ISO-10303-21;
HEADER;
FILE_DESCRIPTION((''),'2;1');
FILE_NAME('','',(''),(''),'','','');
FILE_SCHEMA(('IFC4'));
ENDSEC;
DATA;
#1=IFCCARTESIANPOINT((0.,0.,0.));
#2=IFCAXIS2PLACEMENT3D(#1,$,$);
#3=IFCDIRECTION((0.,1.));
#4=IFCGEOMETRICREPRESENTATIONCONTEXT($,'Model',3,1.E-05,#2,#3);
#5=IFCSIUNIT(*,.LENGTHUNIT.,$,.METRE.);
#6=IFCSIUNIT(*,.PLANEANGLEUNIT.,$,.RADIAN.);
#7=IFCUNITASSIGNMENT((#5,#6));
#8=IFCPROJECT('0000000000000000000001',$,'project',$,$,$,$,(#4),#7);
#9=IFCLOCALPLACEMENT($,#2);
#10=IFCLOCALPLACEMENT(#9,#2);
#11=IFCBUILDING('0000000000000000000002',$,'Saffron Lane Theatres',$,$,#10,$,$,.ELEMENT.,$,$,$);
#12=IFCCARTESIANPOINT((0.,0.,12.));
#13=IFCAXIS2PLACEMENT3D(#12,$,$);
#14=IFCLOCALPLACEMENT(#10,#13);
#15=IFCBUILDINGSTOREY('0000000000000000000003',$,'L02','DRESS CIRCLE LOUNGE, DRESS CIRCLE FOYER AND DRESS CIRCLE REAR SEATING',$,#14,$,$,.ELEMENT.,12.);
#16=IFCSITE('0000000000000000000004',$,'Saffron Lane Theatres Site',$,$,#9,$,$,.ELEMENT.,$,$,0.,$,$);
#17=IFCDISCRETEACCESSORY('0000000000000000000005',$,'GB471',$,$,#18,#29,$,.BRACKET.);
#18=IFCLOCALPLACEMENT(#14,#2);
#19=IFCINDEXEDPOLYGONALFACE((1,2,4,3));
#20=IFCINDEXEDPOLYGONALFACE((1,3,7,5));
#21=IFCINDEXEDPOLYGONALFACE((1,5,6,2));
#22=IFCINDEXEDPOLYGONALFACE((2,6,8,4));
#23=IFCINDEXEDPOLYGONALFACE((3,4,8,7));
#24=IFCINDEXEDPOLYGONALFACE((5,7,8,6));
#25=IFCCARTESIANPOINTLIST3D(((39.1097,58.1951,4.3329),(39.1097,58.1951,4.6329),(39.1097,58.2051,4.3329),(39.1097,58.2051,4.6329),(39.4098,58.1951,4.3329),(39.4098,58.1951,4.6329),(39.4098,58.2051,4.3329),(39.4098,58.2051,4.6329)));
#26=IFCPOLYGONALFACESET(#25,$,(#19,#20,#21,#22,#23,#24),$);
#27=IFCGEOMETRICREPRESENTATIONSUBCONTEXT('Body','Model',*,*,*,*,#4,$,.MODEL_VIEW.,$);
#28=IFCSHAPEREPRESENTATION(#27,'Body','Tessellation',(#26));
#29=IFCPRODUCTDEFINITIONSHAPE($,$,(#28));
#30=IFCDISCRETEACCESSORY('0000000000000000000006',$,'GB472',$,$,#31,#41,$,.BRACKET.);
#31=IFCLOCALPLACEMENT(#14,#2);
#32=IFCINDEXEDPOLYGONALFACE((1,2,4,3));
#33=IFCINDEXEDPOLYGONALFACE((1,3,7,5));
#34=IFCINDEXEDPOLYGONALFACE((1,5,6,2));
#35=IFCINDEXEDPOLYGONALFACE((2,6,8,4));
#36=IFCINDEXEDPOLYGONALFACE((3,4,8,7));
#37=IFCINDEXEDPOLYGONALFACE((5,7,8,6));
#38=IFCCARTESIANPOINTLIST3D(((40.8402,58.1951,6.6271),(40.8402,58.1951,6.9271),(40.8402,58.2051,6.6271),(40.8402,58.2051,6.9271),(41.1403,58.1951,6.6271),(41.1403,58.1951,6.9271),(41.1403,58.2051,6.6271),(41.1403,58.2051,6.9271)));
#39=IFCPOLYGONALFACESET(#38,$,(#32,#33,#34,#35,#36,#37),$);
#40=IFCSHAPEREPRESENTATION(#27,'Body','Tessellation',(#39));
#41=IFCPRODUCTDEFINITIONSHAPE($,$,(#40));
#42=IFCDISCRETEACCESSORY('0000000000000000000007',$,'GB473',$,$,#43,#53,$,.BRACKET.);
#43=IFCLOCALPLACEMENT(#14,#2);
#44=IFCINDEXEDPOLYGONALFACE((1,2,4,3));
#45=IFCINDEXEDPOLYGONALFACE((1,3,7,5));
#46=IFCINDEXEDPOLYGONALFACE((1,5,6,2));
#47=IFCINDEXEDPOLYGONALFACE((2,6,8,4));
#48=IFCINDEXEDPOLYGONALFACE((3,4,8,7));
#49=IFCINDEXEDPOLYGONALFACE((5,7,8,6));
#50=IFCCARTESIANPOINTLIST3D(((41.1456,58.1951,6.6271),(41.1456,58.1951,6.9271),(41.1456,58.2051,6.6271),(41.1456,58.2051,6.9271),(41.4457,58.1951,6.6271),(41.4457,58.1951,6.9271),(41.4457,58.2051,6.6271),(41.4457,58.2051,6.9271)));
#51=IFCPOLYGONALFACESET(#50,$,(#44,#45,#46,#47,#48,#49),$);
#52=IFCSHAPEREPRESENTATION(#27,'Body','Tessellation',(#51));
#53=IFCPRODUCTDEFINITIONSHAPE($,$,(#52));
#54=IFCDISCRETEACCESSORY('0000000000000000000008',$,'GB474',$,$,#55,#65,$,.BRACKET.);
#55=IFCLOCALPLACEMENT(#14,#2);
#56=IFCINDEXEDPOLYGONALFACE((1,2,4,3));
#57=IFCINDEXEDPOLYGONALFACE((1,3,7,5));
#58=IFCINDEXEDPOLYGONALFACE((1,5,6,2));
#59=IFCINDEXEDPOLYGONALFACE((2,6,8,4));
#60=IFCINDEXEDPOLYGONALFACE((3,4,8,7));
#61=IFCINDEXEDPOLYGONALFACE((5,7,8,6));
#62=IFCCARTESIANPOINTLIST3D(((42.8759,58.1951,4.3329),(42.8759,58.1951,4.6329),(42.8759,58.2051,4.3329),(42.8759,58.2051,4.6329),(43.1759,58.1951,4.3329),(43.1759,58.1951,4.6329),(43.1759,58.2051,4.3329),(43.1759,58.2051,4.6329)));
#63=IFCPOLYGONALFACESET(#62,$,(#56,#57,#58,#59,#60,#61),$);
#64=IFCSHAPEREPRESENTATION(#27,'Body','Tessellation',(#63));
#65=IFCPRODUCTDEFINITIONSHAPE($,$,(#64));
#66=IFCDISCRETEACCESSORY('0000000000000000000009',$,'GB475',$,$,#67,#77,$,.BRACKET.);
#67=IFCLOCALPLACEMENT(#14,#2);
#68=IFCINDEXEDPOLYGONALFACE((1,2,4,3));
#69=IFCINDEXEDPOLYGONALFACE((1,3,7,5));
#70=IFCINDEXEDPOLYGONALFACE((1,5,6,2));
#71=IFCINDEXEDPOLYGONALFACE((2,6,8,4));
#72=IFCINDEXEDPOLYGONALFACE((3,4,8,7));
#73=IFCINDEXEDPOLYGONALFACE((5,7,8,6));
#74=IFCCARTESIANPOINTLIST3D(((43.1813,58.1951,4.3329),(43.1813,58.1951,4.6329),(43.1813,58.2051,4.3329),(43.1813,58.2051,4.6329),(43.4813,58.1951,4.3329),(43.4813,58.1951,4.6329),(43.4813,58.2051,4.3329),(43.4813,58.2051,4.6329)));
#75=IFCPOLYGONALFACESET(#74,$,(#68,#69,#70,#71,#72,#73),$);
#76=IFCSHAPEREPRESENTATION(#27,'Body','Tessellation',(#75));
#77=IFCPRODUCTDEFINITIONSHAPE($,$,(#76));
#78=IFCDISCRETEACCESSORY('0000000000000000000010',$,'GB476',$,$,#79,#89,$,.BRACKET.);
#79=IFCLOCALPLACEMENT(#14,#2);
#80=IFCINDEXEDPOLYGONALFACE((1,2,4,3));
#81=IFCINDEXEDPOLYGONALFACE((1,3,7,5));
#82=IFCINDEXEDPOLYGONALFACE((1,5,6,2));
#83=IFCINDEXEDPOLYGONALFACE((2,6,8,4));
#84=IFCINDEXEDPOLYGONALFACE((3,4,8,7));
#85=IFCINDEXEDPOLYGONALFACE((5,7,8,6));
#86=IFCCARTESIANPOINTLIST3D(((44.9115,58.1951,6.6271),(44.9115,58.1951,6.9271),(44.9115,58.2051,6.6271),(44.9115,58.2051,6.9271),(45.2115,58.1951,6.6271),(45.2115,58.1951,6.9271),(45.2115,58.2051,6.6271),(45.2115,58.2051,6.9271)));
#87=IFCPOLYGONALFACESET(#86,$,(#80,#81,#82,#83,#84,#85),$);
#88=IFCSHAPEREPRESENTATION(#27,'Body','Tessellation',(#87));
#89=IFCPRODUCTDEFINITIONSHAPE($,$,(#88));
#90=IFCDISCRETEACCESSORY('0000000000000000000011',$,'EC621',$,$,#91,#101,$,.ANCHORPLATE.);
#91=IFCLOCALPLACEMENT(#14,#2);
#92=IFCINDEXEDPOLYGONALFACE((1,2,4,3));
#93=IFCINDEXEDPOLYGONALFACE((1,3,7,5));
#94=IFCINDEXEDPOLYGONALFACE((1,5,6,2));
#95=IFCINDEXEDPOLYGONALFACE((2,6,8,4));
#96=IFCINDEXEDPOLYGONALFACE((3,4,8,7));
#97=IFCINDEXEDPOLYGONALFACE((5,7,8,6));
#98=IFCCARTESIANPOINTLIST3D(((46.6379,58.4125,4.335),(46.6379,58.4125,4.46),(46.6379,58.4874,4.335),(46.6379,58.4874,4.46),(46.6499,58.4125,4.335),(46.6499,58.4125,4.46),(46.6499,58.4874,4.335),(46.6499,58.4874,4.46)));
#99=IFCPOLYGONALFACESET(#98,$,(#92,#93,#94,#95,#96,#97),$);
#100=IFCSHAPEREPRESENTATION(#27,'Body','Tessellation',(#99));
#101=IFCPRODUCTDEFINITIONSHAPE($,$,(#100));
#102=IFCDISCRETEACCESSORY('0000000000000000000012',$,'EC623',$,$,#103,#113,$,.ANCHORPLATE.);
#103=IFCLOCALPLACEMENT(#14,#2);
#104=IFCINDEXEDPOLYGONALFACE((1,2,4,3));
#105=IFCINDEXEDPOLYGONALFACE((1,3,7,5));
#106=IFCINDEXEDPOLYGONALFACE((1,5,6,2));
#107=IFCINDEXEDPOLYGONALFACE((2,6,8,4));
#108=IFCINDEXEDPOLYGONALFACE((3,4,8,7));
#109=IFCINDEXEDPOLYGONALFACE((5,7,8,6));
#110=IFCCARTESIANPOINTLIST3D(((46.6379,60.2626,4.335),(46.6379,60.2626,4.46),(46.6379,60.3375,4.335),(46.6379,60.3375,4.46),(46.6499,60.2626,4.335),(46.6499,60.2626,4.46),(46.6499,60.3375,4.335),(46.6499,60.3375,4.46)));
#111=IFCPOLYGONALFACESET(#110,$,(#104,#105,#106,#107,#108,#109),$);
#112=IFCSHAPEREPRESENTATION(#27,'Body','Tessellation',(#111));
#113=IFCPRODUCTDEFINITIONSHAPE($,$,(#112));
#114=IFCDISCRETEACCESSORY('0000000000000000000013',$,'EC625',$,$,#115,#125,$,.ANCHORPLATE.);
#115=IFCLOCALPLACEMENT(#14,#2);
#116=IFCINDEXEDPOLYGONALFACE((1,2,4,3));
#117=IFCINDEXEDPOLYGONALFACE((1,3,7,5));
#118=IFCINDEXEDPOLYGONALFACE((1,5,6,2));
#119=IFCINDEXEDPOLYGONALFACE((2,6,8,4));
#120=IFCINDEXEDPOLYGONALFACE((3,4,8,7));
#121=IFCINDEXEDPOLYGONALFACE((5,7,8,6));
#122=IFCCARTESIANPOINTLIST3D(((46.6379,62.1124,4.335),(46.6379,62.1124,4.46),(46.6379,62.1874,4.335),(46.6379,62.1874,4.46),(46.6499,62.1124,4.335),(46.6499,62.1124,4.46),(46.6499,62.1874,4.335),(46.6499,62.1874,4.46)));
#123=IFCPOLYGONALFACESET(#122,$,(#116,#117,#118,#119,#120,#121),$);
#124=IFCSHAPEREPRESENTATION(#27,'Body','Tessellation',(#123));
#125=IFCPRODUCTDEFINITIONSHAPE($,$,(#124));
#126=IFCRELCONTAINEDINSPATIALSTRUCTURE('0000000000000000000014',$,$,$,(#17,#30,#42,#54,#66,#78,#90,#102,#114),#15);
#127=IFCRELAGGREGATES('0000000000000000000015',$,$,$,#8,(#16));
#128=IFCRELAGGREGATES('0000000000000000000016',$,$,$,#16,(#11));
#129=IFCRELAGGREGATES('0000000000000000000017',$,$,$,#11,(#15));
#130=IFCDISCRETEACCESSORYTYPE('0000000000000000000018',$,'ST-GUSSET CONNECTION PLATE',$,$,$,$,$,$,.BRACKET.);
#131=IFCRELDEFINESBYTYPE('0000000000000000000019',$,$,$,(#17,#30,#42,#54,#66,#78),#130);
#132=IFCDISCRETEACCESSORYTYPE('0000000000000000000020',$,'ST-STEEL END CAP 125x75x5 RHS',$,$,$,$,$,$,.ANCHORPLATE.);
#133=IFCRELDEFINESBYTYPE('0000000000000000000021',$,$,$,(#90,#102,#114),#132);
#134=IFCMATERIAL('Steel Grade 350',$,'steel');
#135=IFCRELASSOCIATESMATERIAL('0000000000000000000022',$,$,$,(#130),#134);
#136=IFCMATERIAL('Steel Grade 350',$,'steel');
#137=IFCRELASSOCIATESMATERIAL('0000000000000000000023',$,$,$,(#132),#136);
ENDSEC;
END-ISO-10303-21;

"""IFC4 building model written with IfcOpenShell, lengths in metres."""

from ifc_helpers import new_model, si_unit, direction, frame, origin, origin_2d, place, context, subcontext, project, spatial, rectangle, extrude, material, material_profile, profile_set, type_object, element, save


model = new_model("IFC4")

# Units and contexts
model_context = context("Model", 3, precision=1e-05, world=origin(), true_north=direction((0.0, 1.0)))
body_context = subcontext(model_context, "Body", "Model", "MODEL_VIEW")
ifc_project = project(units=[si_unit("LENGTHUNIT", "METRE"), si_unit("PLANEANGLEUNIT", "RADIAN")], contexts=[model_context])

# Site, building, storey
site_placement = place(None, origin())
site = spatial("IfcSite", under=ifc_project, at=site_placement, Name="Saffron Lane Theatres Site", CompositionType="ELEMENT", RefElevation=0.0)
building_placement = place(site_placement, origin())
building = spatial("IfcBuilding", under=site, at=building_placement, Name="Saffron Lane Theatres", CompositionType="ELEMENT")
storey_placement = place(building_placement, frame((0.0, 0.0, 12.0)))
storey = spatial("IfcBuildingStorey", under=building, at=storey_placement, Name="L02", Description="DRESS CIRCLE LOUNGE, DRESS CIRCLE FOYER AND DRESS CIRCLE REAR SEATING", CompositionType="ELEMENT", Elevation=12.0)

# Discrete accessories
ifc_material_1 = material(Name="Steel Grade 350", Category="steel")
ifc_material_profile_1 = material_profile(ifc_material_1, rectangle(XDim=0.3, YDim=0.3, at=origin_2d()))
ifc_profile_set_1 = profile_set([ifc_material_profile_1], Name="Steel Grade 350")
discrete_accessory_type_1 = type_object("IfcDiscreteAccessoryType", Name="ST-GUSSET CONNECTION PLATE", PredefinedType="BRACKET", material=ifc_profile_set_1)
for number, where, z_axis, x_axis, name in (
    (1, (39.2598, 58.1951, 4.4829), (0.0, 1.0, 0.0), (-1.0, 0.0, 0.0), "GB471"),
    (2, (40.9902, 58.1951, 6.7771), (0.0, 1.0, 0.0), (-1.0, 0.0, 0.0), "GB472"),
    (3, (41.2957, 58.1951, 6.7771), (0.0, 1.0, 0.0), (-1.0, 0.0, 0.0), "GB473"),
    (4, (43.0259, 58.1951, 4.4829), (0.0, 1.0, 0.0), (-1.0, 0.0, 0.0), "GB474"),
    (5, (43.3313, 58.1951, 4.4829), (0.0, 1.0, 0.0), (-1.0, 0.0, 0.0), "GB475"),
    (6, (45.0615, 58.1951, 6.7771), (0.0, 1.0, 0.0), (-1.0, 0.0, 0.0), "GB476"),
):
    element("IfcDiscreteAccessory", number, at=place(storey_placement, frame(where, z_axis=z_axis, x_axis=x_axis)), inside=storey, type_object=discrete_accessory_type_1, Name=name, PredefinedType="BRACKET", context=body_context, shape_type="SweptSolid", body=[
        extrude(rectangle(XDim=0.3, YDim=0.3, at=origin_2d()), origin(), (0.0, 0.0, 1.0), 0.01),
    ])
ifc_material_2 = material(Name="Steel Grade 350", Category="steel")
ifc_material_profile_2 = material_profile(ifc_material_2, rectangle(XDim=0.075, YDim=0.125, at=origin_2d()))
ifc_profile_set_2 = profile_set([ifc_material_profile_2], Name="Steel Grade 350")
discrete_accessory_type_2 = type_object("IfcDiscreteAccessoryType", Name="ST-STEEL END CAP 125x75x5 RHS", PredefinedType="ANCHORPLATE", material=ifc_profile_set_2)
for number, where, z_axis, x_axis, name in (
    (7, (46.6379, 58.45, 4.3975), (1.0, 0.0, 0.0), (0.0, 1.0, 0.0), "EC621"),
    (8, (46.6379, 60.3, 4.3975), (1.0, 0.0, 0.0), (0.0, 1.0, 0.0), "EC623"),
    (9, (46.6379, 62.1499, 4.3975), (1.0, 0.0, 0.0), (0.0, 1.0, 0.0), "EC625"),
):
    element("IfcDiscreteAccessory", number, at=place(storey_placement, frame(where, z_axis=z_axis, x_axis=x_axis)), inside=storey, type_object=discrete_accessory_type_2, Name=name, PredefinedType="ANCHORPLATE", context=body_context, shape_type="SweptSolid", body=[
        extrude(rectangle(XDim=0.075, YDim=0.125, at=origin_2d()), origin(), (0.0, 0.0, 1.0), 0.012),
    ])

save(model, "model.ifc")
